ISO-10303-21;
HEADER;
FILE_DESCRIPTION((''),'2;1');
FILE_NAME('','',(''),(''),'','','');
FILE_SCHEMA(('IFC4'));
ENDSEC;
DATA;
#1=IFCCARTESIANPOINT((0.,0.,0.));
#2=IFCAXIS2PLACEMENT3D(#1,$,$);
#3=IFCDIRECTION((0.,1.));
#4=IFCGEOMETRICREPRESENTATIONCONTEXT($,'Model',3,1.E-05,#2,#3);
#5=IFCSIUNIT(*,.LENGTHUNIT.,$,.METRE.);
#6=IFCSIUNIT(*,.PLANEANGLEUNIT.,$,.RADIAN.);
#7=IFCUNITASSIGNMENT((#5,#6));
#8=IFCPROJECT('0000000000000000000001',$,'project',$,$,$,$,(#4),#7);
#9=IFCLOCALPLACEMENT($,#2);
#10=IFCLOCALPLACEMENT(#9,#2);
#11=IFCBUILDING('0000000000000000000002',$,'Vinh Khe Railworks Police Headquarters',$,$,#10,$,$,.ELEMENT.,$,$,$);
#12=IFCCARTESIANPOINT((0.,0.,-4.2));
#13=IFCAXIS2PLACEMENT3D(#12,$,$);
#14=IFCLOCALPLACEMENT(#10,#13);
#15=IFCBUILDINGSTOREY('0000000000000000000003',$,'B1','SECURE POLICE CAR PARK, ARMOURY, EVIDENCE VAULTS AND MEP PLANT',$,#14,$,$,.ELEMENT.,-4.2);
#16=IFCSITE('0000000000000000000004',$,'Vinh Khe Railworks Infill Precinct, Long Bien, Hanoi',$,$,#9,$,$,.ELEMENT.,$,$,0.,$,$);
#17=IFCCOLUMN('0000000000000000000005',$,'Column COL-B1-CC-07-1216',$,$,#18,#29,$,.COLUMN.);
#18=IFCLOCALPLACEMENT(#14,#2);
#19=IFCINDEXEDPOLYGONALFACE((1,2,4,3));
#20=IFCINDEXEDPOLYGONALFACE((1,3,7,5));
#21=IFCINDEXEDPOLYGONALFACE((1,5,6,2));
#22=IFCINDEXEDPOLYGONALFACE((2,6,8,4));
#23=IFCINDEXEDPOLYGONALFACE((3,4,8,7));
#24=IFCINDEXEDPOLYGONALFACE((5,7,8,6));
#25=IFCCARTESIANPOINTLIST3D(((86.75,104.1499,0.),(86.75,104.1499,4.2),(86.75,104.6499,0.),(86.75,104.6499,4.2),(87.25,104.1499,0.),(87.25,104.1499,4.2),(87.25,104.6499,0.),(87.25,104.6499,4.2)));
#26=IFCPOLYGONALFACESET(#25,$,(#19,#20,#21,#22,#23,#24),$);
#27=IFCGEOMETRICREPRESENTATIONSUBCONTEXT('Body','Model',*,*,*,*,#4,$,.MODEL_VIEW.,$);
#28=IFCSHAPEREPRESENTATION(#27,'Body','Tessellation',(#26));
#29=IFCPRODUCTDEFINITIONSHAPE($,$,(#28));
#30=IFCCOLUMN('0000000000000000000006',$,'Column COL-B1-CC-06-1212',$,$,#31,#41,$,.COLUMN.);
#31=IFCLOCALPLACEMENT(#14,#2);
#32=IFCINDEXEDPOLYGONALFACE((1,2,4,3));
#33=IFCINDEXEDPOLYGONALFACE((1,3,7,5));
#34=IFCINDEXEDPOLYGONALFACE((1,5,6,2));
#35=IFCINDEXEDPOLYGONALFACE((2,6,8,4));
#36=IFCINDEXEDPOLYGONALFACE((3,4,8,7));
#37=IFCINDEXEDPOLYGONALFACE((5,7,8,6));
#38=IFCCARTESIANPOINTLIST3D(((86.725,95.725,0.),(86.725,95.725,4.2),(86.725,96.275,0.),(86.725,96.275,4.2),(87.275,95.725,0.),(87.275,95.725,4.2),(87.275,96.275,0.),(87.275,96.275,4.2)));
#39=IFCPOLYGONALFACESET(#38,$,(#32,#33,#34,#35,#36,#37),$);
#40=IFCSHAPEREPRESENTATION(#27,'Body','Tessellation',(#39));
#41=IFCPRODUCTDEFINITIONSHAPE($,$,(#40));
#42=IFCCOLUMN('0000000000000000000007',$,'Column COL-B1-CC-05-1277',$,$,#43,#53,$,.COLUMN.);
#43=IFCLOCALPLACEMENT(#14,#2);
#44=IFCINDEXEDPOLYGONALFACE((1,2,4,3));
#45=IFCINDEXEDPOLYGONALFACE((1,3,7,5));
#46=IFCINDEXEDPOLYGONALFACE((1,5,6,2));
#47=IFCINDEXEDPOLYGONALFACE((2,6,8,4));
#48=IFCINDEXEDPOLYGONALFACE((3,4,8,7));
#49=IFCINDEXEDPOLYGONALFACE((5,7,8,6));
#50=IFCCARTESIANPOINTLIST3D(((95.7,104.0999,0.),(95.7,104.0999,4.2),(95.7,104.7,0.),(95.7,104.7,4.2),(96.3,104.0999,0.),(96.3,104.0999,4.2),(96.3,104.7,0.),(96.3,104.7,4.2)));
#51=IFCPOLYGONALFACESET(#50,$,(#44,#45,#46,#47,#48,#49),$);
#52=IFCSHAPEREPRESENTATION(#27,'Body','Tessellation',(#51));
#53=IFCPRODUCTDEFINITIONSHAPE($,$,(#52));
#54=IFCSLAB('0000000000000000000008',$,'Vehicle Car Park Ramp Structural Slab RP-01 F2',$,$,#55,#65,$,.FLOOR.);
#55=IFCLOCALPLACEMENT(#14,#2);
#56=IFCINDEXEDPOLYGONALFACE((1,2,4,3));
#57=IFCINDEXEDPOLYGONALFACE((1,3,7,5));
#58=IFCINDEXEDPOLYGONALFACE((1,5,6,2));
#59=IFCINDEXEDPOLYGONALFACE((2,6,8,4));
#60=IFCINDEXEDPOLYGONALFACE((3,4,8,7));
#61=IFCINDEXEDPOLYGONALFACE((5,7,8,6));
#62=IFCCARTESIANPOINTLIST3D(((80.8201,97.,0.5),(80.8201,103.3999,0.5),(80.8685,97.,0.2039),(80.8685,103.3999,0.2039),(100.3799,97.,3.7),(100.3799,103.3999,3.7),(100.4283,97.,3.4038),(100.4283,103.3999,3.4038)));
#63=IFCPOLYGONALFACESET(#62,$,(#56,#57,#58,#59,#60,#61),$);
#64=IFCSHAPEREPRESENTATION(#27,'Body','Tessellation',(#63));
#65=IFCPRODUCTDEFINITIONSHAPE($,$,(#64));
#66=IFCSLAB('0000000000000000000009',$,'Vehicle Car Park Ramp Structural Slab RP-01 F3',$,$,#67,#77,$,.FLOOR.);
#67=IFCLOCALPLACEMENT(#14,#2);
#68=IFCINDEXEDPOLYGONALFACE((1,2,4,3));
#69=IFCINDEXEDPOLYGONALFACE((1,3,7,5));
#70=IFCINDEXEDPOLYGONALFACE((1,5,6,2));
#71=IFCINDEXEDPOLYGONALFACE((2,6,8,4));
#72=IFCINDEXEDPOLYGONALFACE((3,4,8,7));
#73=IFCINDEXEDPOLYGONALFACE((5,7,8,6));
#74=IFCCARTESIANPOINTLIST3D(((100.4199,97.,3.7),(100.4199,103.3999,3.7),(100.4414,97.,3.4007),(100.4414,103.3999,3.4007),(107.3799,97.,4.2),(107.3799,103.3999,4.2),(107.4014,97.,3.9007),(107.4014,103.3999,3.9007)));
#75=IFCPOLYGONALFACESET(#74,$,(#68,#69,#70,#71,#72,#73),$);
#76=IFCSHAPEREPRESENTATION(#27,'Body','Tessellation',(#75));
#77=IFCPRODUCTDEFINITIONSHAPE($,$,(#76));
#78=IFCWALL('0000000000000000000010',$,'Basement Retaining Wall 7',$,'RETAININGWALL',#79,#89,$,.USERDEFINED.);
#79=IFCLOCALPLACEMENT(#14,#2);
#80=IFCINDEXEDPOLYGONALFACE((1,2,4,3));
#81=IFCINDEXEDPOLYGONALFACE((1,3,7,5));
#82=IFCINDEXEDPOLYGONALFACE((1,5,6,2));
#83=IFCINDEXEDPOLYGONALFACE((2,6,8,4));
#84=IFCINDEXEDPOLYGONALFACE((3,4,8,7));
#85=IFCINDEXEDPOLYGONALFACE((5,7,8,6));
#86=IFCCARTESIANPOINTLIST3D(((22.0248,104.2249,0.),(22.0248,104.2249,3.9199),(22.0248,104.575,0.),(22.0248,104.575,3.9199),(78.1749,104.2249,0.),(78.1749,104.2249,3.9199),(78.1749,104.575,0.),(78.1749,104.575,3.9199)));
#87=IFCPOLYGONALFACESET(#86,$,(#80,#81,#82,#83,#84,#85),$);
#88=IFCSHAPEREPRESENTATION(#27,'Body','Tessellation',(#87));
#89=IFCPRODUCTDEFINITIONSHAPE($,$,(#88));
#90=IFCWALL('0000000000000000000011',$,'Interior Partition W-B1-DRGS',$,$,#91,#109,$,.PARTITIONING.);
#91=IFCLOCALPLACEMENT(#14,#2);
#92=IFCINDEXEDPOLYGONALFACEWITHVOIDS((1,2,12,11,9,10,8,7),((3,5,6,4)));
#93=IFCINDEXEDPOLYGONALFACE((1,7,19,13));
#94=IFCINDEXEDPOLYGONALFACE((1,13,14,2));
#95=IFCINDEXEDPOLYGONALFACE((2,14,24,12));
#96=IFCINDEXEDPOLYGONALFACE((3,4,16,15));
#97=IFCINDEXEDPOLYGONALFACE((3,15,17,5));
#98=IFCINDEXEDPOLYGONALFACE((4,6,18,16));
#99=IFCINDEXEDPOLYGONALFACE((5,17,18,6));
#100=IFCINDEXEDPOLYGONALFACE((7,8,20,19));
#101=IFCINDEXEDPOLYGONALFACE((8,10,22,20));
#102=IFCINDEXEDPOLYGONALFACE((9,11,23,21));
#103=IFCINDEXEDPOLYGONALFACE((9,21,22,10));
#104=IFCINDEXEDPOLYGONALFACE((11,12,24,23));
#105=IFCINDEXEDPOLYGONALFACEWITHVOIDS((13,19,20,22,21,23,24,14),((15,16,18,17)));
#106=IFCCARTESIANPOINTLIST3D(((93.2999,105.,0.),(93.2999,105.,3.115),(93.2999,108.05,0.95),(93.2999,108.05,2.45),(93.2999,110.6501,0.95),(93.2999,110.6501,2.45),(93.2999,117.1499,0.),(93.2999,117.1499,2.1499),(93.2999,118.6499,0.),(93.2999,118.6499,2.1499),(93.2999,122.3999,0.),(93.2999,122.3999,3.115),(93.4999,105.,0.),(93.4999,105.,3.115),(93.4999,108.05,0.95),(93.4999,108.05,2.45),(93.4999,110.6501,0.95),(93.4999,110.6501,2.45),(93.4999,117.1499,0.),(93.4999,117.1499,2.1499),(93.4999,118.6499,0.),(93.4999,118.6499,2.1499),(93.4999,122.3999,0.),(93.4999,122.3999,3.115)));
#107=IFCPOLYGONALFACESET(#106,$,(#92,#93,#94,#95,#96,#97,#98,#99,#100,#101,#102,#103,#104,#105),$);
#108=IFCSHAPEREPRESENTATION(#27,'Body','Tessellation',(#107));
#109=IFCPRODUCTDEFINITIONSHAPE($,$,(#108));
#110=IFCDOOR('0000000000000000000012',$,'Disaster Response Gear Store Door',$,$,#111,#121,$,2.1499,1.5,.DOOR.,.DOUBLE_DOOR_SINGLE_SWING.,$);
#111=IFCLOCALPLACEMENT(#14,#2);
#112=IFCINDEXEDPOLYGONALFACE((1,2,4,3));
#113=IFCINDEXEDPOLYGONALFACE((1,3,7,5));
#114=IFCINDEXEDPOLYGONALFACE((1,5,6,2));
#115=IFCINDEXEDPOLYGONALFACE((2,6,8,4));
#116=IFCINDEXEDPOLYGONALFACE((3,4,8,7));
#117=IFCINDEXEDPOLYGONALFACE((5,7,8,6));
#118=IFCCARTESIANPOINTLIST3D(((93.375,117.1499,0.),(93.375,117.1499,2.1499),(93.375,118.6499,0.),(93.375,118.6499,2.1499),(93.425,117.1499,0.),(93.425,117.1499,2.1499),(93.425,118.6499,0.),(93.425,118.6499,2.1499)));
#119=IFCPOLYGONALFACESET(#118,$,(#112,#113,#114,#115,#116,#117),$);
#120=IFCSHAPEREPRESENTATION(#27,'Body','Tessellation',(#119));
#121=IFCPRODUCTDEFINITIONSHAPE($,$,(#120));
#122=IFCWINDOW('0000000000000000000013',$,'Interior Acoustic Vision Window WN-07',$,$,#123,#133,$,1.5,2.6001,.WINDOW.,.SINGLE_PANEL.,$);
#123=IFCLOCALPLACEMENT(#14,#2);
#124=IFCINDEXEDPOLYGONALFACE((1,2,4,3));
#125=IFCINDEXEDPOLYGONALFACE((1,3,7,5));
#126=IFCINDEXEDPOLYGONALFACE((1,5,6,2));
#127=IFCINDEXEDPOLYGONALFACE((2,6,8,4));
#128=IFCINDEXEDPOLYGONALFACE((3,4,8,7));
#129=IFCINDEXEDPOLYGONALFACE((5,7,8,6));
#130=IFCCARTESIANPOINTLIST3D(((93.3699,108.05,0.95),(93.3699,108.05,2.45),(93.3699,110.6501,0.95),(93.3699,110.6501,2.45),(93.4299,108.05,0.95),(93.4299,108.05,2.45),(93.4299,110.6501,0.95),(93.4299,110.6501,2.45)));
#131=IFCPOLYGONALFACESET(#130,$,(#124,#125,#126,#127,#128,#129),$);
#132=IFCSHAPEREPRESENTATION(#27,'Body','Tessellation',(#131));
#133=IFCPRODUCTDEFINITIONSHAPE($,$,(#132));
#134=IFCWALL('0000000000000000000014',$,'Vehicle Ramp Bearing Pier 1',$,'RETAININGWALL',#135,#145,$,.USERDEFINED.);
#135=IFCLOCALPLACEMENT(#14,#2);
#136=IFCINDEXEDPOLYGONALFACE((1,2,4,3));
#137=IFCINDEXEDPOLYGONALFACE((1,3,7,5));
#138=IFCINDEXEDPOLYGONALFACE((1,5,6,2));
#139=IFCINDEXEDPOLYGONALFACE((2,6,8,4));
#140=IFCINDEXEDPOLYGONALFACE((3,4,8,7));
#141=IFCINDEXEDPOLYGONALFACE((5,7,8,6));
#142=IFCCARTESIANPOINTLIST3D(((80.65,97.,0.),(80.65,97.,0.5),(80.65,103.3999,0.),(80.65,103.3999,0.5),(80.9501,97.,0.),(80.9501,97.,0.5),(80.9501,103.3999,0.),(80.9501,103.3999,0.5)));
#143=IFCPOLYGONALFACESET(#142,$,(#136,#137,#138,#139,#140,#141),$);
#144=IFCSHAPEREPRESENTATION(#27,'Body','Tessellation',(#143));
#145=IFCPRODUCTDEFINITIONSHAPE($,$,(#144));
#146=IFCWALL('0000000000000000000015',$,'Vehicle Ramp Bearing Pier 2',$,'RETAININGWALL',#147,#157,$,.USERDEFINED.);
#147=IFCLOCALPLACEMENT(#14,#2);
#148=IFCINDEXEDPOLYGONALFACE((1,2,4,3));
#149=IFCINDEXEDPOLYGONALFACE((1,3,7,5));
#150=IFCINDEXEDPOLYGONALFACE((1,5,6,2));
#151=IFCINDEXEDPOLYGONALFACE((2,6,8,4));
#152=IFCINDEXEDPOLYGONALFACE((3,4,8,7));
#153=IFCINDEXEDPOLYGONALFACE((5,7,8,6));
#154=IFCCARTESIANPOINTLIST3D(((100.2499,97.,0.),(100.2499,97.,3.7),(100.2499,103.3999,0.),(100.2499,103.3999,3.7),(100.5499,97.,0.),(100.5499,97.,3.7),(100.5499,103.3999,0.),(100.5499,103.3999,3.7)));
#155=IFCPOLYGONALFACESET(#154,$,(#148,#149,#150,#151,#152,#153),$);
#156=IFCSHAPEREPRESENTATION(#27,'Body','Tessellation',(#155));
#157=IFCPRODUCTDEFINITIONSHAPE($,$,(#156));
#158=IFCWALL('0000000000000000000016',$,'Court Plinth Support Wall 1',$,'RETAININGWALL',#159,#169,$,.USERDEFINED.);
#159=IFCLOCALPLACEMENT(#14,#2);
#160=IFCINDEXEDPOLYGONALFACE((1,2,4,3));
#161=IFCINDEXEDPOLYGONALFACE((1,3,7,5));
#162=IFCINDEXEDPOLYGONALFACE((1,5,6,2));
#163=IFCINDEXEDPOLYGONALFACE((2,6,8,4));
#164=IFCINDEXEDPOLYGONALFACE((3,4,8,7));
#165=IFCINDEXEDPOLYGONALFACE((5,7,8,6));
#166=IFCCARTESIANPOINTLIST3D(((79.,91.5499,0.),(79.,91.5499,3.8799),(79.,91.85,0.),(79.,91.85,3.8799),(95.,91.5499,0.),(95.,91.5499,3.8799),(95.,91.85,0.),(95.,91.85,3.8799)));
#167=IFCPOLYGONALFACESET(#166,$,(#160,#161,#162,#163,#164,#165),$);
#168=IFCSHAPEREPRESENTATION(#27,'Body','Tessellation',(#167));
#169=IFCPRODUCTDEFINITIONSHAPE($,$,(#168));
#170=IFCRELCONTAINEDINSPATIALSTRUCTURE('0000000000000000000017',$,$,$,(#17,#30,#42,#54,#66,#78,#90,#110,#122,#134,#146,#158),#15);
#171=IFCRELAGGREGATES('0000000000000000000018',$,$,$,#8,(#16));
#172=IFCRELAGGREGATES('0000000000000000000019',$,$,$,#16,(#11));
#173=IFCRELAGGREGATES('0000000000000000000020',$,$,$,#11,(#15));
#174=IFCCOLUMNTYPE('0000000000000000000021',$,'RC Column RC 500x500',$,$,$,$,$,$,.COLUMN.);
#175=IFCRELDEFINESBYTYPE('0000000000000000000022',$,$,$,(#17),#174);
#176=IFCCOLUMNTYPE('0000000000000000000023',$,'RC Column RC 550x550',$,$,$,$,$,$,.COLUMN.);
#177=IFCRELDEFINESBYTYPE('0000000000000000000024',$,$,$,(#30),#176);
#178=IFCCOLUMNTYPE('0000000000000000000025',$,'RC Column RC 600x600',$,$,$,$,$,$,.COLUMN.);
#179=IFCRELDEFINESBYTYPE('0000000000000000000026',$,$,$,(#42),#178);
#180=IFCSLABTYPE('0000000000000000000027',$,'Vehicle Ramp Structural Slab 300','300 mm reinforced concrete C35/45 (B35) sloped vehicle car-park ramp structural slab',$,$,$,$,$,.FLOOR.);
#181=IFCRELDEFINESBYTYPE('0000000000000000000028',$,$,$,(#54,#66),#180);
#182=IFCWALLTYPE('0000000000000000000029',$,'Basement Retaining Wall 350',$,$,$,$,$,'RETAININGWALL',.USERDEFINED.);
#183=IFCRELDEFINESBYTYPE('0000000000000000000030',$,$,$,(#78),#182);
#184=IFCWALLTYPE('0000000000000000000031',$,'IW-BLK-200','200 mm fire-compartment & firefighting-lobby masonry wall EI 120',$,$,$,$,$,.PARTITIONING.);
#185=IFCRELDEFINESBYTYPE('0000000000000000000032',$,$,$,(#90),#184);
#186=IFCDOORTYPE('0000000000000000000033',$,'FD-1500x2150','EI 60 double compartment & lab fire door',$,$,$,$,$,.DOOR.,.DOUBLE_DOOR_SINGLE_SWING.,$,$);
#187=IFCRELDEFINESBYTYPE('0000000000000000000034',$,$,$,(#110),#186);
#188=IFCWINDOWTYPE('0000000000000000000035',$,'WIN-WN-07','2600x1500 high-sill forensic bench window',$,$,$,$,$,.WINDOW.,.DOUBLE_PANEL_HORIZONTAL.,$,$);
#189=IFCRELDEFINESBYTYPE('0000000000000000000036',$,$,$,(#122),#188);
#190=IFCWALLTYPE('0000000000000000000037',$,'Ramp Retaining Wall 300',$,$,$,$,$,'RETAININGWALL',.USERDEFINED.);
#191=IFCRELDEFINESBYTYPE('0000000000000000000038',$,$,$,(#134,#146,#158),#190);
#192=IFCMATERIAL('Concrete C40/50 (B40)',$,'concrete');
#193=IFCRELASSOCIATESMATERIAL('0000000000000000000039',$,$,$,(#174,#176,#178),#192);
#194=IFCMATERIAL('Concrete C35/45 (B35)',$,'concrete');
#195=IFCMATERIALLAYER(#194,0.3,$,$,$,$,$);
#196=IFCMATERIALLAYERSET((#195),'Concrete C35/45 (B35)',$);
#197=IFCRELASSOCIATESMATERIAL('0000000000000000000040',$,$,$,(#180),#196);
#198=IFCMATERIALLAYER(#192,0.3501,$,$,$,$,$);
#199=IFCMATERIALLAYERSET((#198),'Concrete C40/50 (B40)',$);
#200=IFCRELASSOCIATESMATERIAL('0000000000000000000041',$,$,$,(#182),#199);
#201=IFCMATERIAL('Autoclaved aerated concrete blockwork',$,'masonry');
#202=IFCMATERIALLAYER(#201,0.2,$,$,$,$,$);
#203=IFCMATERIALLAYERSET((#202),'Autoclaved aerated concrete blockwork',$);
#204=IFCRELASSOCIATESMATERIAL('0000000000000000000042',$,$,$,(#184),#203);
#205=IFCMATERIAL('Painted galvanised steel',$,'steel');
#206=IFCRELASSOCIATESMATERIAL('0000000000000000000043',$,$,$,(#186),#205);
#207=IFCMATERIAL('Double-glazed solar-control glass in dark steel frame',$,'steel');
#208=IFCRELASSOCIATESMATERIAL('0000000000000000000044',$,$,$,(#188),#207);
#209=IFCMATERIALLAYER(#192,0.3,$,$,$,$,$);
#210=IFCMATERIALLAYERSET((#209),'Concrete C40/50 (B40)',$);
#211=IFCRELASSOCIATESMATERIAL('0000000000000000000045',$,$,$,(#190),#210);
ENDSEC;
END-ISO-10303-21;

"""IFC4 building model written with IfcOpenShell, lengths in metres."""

from ifc_helpers import new_model, si_unit, direction, frame, frame_2d, origin, origin_2d, place, context, subcontext, project, spatial, polyline, rectangle, outline, extrude, material, layer, layer_set, material_profile, profile_set, type_object, element, fill, save


model = new_model("IFC4")

# Units and contexts
model_context = context("Model", 3, precision=1e-05, world=origin(), true_north=direction((0.0, 1.0)))
body_context = subcontext(model_context, "Body", "Model", "MODEL_VIEW")
ifc_project = project(units=[si_unit("LENGTHUNIT", "METRE"), si_unit("PLANEANGLEUNIT", "RADIAN")], contexts=[model_context])

# Site, building, storey
site_placement = place(None, origin())
site = spatial("IfcSite", under=ifc_project, at=site_placement, Name="Vinh Khe Railworks Infill Precinct, Long Bien, Hanoi", CompositionType="ELEMENT", RefElevation=0.0)
building_placement = place(site_placement, origin())
building = spatial("IfcBuilding", under=site, at=building_placement, Name="Vinh Khe Railworks Police Headquarters", CompositionType="ELEMENT")
storey_placement = place(building_placement, frame((0.0, 0.0, -4.2)))
storey = spatial("IfcBuildingStorey", under=building, at=storey_placement, Name="B1", Description="SECURE POLICE CAR PARK, ARMOURY, EVIDENCE VAULTS AND MEP PLANT", CompositionType="ELEMENT", Elevation=-4.2)

# Shared definitions
ifc_material_1 = material(Name="Concrete C35/45 (B35)", Category="concrete")

# Columns
ifc_material_2 = material(Name="Concrete C40/50 (B40)", Category="concrete")
ifc_material_profile_1 = material_profile(ifc_material_2, rectangle(XDim=0.5, YDim=0.5, at=origin_2d()), Name="RC 500x500")
ifc_profile_set_1 = profile_set([ifc_material_profile_1], Name="Concrete C40/50 (B40)")
column_type_1 = type_object("IfcColumnType", Name="RC Column RC 500x500", PredefinedType="COLUMN", material=ifc_profile_set_1)
column_1_placement = place(storey_placement, frame((87.0, 104.3999, 0.0), z_axis=(0.0, 0.0, 1.0), x_axis=(1.0, 0.0, 0.0)))
element("IfcColumn", 1, at=column_1_placement, inside=storey, type_object=column_type_1, Name="Column COL-B1-CC-07-1216", PredefinedType="COLUMN", context=body_context, shape_type="SweptSolid", body=[
    extrude(rectangle(XDim=0.5, YDim=0.5, at=origin_2d()), origin(), (0.0, 0.0, 1.0), 4.2),
])
ifc_material_profile_2 = material_profile(ifc_material_2, rectangle(XDim=0.55, YDim=0.55, at=origin_2d()), Name="RC 550x550")
ifc_profile_set_2 = profile_set([ifc_material_profile_2], Name="Concrete C40/50 (B40)")
column_type_2 = type_object("IfcColumnType", Name="RC Column RC 550x550", PredefinedType="COLUMN", material=ifc_profile_set_2)
column_2_placement = place(storey_placement, frame((87.0, 96.0, 0.0), z_axis=(0.0, 0.0, 1.0), x_axis=(1.0, 0.0, 0.0)))
element("IfcColumn", 2, at=column_2_placement, inside=storey, type_object=column_type_2, Name="Column COL-B1-CC-06-1212", PredefinedType="COLUMN", context=body_context, shape_type="SweptSolid", body=[
    extrude(rectangle(XDim=0.55, YDim=0.55, at=origin_2d()), origin(), (0.0, 0.0, 1.0), 4.2),
])
ifc_material_profile_3 = material_profile(ifc_material_2, rectangle(XDim=0.6001, YDim=0.6001, at=origin_2d()), Name="RC 600x600")
ifc_profile_set_3 = profile_set([ifc_material_profile_3], Name="Concrete C40/50 (B40)")
column_type_3 = type_object("IfcColumnType", Name="RC Column RC 600x600", PredefinedType="COLUMN", material=ifc_profile_set_3)
column_3_placement = place(storey_placement, frame((96.0, 104.3999, 0.0), z_axis=(0.0, 0.0, 1.0), x_axis=(1.0, 0.0, 0.0)))
element("IfcColumn", 3, at=column_3_placement, inside=storey, type_object=column_type_3, Name="Column COL-B1-CC-05-1277", PredefinedType="COLUMN", context=body_context, shape_type="SweptSolid", body=[
    extrude(rectangle(XDim=0.6001, YDim=0.6001, at=origin_2d()), origin(), (0.0, 0.0, 1.0), 4.2),
])

# Slabs
ifc_layer_1 = layer(ifc_material_1, 0.3)
ifc_layer_set_1 = layer_set([ifc_layer_1], Name="Concrete C35/45 (B35)")
slab_type = type_object("IfcSlabType", Name="Vehicle Ramp Structural Slab 300", Description="300 mm reinforced concrete C35/45 (B35) sloped vehicle car-park ramp structural slab", PredefinedType="FLOOR", material=ifc_layer_set_1)
slab_1_placement = place(storey_placement, frame((80.8201, 97.0, 0.5), z_axis=(-0.161452, 0.0, 0.986881), x_axis=(0.986881, 0.0, 0.161452)))
element("IfcSlab", 4, at=slab_1_placement, inside=storey, type_object=slab_type, Name="Vehicle Car Park Ramp Structural Slab RP-01 F2", PredefinedType="FLOOR", context=body_context, shape_type="SweptSolid", body=[
    extrude(outline(polyline([(0.0, 0.0), (19.8198, 0.0), (19.8198, 6.3999), (0.0, 6.3999), (0.0, 0.0)])), origin(), (0.0, 0.0, -1.0), 0.3),
])
slab_2_placement = place(storey_placement, frame((100.4199, 97.0, 3.7), z_axis=(-0.071655, 0.0, 0.997429), x_axis=(0.997429, 0.0, 0.071655)))
element("IfcSlab", 5, at=slab_2_placement, inside=storey, type_object=slab_type, Name="Vehicle Car Park Ramp Structural Slab RP-01 F3", PredefinedType="FLOOR", context=body_context, shape_type="SweptSolid", body=[
    extrude(outline(polyline([(0.0, 0.0), (6.9779, 0.0), (6.9779, 6.3999), (0.0, 6.3999), (0.0, 0.0)])), origin(), (0.0, 0.0, -1.0), 0.3),
])

# Wall
ifc_layer_2 = layer(ifc_material_2, 0.3501)
ifc_layer_set_2 = layer_set([ifc_layer_2], Name="Concrete C40/50 (B40)")
wall_type_1 = type_object("IfcWallType", Name="Basement Retaining Wall 350", ElementType="RETAININGWALL", PredefinedType="USERDEFINED", material=ifc_layer_set_2)
wall_1_placement = place(storey_placement, frame((78.175, 104.3999, 0.0), z_axis=(0.0, 0.0, 1.0), x_axis=(-1.0, 0.0, 0.0)))
element("IfcWall", 6, at=wall_1_placement, inside=storey, type_object=wall_type_1, Name="Basement Retaining Wall 7", ObjectType="RETAININGWALL", PredefinedType="USERDEFINED", context=body_context, shape_type="SweptSolid", body=[
    extrude(rectangle(XDim=56.1501, YDim=0.3501, at=frame_2d((28.0752, 0.0))), origin(), (0.0, 0.0, 1.0), 3.9199),
])

# Wall, openings, door, window
ifc_material_3 = material(Name="Autoclaved aerated concrete blockwork", Category="masonry")
ifc_layer_3 = layer(ifc_material_3, 0.2)
ifc_layer_set_3 = layer_set([ifc_layer_3], Name="Autoclaved aerated concrete blockwork")
wall_type_2 = type_object("IfcWallType", Name="IW-BLK-200", Description="200 mm fire-compartment & firefighting-lobby masonry wall EI 120", PredefinedType="PARTITIONING", material=ifc_layer_set_3)
wall_2_placement = place(storey_placement, frame((93.3999, 105.0, 0.0), z_axis=(0.0, 0.0, 1.0), x_axis=(0.0, 1.0, 0.0)))
wall_2 = element("IfcWall", 7, at=wall_2_placement, inside=storey, type_object=wall_type_2, Name="Interior Partition W-B1-DRGS", PredefinedType="PARTITIONING", context=body_context, shape_type="SweptSolid", body=[
    extrude(rectangle(XDim=17.3999, YDim=0.2, at=frame_2d((8.7, 0.0))), origin(), (0.0, 0.0, 1.0), 3.115),
])
opening_1_placement = place(wall_2_placement, frame((12.1499, 0.0, 0.0)))
opening_1 = element("IfcOpeningElement", 8, at=opening_1_placement, cuts=wall_2, PredefinedType="OPENING", context=body_context, shape_type="SweptSolid", body=[
    extrude(rectangle(XDim=1.5, YDim=2.1499, at=frame_2d((0.75, 1.075))), frame((0.0, 0.1147, 0.0), z_axis=(0.0, -1.0, 0.0), x_axis=(1.0, 0.0, 0.0)), (0.0, 0.0, 1.0), 0.2297),
])
opening_2_placement = place(wall_2_placement, frame((3.05, 0.0, 0.95)))
opening_2 = element("IfcOpeningElement", 9, at=opening_2_placement, cuts=wall_2, PredefinedType="OPENING", context=body_context, shape_type="SweptSolid", body=[
    extrude(rectangle(XDim=2.6001, YDim=1.5, at=frame_2d((1.3, 0.75))), frame((0.0, 0.1147, 0.0), z_axis=(0.0, -1.0, 0.0), x_axis=(1.0, 0.0, 0.0)), (0.0, 0.0, 1.0), 0.2297),
])
ifc_material_4 = material(Name="Painted galvanised steel", Category="steel")
door_type = type_object("IfcDoorType", Name="FD-1500x2150", Description="EI 60 double compartment & lab fire door", OperationType="DOUBLE_DOOR_SINGLE_SWING", PredefinedType="DOOR", material=ifc_material_4)
door_placement = place(opening_1_placement, origin())
door = element("IfcDoor", 10, at=door_placement, inside=storey, type_object=door_type, Name="Disaster Response Gear Store Door", OperationType="DOUBLE_DOOR_SINGLE_SWING", OverallHeight=2.1499, OverallWidth=1.5, PredefinedType="DOOR", context=body_context, shape_type="SweptSolid", body=[
    extrude(rectangle(XDim=1.5, YDim=2.1499, at=frame_2d((0.75, 1.075))), frame((0.0, 0.0249, 0.0), z_axis=(0.0, -1.0, 0.0), x_axis=(1.0, 0.0, 0.0)), (0.0, 0.0, 1.0), 0.05),
])
fill(opening_1, door)
ifc_material_5 = material(Name="Double-glazed solar-control glass in dark steel frame", Category="steel")
window_type = type_object("IfcWindowType", Name="WIN-WN-07", Description="2600x1500 high-sill forensic bench window", PartitioningType="DOUBLE_PANEL_HORIZONTAL", PredefinedType="WINDOW", material=ifc_material_5)
window_placement = place(opening_2_placement, origin())
window = element("IfcWindow", 11, at=window_placement, inside=storey, type_object=window_type, Name="Interior Acoustic Vision Window WN-07", OverallHeight=1.5, OverallWidth=2.6001, PartitioningType="SINGLE_PANEL", PredefinedType="WINDOW", context=body_context, shape_type="SweptSolid", body=[
    extrude(rectangle(XDim=2.6001, YDim=1.5, at=frame_2d((1.3, 0.75))), frame((0.0, 0.03, 0.0), z_axis=(0.0, -1.0, 0.0), x_axis=(1.0, 0.0, 0.0)), (0.0, 0.0, 1.0), 0.0601),
])
fill(opening_2, window)

# Walls
ifc_layer_4 = layer(ifc_material_2, 0.3)
ifc_layer_set_4 = layer_set([ifc_layer_4], Name="Concrete C40/50 (B40)")
wall_type_3 = type_object("IfcWallType", Name="Ramp Retaining Wall 300", ElementType="RETAININGWALL", PredefinedType="USERDEFINED", material=ifc_layer_set_4)
wall_3_placement = place(storey_placement, frame((80.8, 97.0, 0.0), z_axis=(0.0, 0.0, 1.0), x_axis=(0.0, 1.0, 0.0)))
element("IfcWall", 12, at=wall_3_placement, inside=storey, type_object=wall_type_3, Name="Vehicle Ramp Bearing Pier 1", ObjectType="RETAININGWALL", PredefinedType="USERDEFINED", context=body_context, shape_type="SweptSolid", body=[
    extrude(rectangle(XDim=6.3999, YDim=0.3, at=frame_2d((3.2, 0.0))), origin(), (0.0, 0.0, 1.0), 0.5),
])
wall_4_placement = place(storey_placement, frame((100.3999, 97.0, 0.0), z_axis=(0.0, 0.0, 1.0), x_axis=(0.0, 1.0, 0.0)))
element("IfcWall", 13, at=wall_4_placement, inside=storey, type_object=wall_type_3, Name="Vehicle Ramp Bearing Pier 2", ObjectType="RETAININGWALL", PredefinedType="USERDEFINED", context=body_context, shape_type="SweptSolid", body=[
    extrude(rectangle(XDim=6.3999, YDim=0.3, at=frame_2d((3.2, 0.0))), origin(), (0.0, 0.0, 1.0), 3.7),
])
for number, where, z_axis, x_axis, name in (
    (14, (79.0, 91.7, 0.0), (0.0, 0.0, 1.0), (1.0, 0.0, 0.0), "Court Plinth Support Wall 1"),
):
    element("IfcWall", number, at=place(storey_placement, frame(where, z_axis=z_axis, x_axis=x_axis)), inside=storey, type_object=wall_type_3, Name=name, ObjectType="RETAININGWALL", PredefinedType="USERDEFINED", context=body_context, shape_type="SweptSolid", body=[
        extrude(rectangle(XDim=16.0, YDim=0.3, at=frame_2d((8.0, 0.0))), origin(), (0.0, 0.0, 1.0), 3.8799),
    ])

save(model, "model.ifc")
